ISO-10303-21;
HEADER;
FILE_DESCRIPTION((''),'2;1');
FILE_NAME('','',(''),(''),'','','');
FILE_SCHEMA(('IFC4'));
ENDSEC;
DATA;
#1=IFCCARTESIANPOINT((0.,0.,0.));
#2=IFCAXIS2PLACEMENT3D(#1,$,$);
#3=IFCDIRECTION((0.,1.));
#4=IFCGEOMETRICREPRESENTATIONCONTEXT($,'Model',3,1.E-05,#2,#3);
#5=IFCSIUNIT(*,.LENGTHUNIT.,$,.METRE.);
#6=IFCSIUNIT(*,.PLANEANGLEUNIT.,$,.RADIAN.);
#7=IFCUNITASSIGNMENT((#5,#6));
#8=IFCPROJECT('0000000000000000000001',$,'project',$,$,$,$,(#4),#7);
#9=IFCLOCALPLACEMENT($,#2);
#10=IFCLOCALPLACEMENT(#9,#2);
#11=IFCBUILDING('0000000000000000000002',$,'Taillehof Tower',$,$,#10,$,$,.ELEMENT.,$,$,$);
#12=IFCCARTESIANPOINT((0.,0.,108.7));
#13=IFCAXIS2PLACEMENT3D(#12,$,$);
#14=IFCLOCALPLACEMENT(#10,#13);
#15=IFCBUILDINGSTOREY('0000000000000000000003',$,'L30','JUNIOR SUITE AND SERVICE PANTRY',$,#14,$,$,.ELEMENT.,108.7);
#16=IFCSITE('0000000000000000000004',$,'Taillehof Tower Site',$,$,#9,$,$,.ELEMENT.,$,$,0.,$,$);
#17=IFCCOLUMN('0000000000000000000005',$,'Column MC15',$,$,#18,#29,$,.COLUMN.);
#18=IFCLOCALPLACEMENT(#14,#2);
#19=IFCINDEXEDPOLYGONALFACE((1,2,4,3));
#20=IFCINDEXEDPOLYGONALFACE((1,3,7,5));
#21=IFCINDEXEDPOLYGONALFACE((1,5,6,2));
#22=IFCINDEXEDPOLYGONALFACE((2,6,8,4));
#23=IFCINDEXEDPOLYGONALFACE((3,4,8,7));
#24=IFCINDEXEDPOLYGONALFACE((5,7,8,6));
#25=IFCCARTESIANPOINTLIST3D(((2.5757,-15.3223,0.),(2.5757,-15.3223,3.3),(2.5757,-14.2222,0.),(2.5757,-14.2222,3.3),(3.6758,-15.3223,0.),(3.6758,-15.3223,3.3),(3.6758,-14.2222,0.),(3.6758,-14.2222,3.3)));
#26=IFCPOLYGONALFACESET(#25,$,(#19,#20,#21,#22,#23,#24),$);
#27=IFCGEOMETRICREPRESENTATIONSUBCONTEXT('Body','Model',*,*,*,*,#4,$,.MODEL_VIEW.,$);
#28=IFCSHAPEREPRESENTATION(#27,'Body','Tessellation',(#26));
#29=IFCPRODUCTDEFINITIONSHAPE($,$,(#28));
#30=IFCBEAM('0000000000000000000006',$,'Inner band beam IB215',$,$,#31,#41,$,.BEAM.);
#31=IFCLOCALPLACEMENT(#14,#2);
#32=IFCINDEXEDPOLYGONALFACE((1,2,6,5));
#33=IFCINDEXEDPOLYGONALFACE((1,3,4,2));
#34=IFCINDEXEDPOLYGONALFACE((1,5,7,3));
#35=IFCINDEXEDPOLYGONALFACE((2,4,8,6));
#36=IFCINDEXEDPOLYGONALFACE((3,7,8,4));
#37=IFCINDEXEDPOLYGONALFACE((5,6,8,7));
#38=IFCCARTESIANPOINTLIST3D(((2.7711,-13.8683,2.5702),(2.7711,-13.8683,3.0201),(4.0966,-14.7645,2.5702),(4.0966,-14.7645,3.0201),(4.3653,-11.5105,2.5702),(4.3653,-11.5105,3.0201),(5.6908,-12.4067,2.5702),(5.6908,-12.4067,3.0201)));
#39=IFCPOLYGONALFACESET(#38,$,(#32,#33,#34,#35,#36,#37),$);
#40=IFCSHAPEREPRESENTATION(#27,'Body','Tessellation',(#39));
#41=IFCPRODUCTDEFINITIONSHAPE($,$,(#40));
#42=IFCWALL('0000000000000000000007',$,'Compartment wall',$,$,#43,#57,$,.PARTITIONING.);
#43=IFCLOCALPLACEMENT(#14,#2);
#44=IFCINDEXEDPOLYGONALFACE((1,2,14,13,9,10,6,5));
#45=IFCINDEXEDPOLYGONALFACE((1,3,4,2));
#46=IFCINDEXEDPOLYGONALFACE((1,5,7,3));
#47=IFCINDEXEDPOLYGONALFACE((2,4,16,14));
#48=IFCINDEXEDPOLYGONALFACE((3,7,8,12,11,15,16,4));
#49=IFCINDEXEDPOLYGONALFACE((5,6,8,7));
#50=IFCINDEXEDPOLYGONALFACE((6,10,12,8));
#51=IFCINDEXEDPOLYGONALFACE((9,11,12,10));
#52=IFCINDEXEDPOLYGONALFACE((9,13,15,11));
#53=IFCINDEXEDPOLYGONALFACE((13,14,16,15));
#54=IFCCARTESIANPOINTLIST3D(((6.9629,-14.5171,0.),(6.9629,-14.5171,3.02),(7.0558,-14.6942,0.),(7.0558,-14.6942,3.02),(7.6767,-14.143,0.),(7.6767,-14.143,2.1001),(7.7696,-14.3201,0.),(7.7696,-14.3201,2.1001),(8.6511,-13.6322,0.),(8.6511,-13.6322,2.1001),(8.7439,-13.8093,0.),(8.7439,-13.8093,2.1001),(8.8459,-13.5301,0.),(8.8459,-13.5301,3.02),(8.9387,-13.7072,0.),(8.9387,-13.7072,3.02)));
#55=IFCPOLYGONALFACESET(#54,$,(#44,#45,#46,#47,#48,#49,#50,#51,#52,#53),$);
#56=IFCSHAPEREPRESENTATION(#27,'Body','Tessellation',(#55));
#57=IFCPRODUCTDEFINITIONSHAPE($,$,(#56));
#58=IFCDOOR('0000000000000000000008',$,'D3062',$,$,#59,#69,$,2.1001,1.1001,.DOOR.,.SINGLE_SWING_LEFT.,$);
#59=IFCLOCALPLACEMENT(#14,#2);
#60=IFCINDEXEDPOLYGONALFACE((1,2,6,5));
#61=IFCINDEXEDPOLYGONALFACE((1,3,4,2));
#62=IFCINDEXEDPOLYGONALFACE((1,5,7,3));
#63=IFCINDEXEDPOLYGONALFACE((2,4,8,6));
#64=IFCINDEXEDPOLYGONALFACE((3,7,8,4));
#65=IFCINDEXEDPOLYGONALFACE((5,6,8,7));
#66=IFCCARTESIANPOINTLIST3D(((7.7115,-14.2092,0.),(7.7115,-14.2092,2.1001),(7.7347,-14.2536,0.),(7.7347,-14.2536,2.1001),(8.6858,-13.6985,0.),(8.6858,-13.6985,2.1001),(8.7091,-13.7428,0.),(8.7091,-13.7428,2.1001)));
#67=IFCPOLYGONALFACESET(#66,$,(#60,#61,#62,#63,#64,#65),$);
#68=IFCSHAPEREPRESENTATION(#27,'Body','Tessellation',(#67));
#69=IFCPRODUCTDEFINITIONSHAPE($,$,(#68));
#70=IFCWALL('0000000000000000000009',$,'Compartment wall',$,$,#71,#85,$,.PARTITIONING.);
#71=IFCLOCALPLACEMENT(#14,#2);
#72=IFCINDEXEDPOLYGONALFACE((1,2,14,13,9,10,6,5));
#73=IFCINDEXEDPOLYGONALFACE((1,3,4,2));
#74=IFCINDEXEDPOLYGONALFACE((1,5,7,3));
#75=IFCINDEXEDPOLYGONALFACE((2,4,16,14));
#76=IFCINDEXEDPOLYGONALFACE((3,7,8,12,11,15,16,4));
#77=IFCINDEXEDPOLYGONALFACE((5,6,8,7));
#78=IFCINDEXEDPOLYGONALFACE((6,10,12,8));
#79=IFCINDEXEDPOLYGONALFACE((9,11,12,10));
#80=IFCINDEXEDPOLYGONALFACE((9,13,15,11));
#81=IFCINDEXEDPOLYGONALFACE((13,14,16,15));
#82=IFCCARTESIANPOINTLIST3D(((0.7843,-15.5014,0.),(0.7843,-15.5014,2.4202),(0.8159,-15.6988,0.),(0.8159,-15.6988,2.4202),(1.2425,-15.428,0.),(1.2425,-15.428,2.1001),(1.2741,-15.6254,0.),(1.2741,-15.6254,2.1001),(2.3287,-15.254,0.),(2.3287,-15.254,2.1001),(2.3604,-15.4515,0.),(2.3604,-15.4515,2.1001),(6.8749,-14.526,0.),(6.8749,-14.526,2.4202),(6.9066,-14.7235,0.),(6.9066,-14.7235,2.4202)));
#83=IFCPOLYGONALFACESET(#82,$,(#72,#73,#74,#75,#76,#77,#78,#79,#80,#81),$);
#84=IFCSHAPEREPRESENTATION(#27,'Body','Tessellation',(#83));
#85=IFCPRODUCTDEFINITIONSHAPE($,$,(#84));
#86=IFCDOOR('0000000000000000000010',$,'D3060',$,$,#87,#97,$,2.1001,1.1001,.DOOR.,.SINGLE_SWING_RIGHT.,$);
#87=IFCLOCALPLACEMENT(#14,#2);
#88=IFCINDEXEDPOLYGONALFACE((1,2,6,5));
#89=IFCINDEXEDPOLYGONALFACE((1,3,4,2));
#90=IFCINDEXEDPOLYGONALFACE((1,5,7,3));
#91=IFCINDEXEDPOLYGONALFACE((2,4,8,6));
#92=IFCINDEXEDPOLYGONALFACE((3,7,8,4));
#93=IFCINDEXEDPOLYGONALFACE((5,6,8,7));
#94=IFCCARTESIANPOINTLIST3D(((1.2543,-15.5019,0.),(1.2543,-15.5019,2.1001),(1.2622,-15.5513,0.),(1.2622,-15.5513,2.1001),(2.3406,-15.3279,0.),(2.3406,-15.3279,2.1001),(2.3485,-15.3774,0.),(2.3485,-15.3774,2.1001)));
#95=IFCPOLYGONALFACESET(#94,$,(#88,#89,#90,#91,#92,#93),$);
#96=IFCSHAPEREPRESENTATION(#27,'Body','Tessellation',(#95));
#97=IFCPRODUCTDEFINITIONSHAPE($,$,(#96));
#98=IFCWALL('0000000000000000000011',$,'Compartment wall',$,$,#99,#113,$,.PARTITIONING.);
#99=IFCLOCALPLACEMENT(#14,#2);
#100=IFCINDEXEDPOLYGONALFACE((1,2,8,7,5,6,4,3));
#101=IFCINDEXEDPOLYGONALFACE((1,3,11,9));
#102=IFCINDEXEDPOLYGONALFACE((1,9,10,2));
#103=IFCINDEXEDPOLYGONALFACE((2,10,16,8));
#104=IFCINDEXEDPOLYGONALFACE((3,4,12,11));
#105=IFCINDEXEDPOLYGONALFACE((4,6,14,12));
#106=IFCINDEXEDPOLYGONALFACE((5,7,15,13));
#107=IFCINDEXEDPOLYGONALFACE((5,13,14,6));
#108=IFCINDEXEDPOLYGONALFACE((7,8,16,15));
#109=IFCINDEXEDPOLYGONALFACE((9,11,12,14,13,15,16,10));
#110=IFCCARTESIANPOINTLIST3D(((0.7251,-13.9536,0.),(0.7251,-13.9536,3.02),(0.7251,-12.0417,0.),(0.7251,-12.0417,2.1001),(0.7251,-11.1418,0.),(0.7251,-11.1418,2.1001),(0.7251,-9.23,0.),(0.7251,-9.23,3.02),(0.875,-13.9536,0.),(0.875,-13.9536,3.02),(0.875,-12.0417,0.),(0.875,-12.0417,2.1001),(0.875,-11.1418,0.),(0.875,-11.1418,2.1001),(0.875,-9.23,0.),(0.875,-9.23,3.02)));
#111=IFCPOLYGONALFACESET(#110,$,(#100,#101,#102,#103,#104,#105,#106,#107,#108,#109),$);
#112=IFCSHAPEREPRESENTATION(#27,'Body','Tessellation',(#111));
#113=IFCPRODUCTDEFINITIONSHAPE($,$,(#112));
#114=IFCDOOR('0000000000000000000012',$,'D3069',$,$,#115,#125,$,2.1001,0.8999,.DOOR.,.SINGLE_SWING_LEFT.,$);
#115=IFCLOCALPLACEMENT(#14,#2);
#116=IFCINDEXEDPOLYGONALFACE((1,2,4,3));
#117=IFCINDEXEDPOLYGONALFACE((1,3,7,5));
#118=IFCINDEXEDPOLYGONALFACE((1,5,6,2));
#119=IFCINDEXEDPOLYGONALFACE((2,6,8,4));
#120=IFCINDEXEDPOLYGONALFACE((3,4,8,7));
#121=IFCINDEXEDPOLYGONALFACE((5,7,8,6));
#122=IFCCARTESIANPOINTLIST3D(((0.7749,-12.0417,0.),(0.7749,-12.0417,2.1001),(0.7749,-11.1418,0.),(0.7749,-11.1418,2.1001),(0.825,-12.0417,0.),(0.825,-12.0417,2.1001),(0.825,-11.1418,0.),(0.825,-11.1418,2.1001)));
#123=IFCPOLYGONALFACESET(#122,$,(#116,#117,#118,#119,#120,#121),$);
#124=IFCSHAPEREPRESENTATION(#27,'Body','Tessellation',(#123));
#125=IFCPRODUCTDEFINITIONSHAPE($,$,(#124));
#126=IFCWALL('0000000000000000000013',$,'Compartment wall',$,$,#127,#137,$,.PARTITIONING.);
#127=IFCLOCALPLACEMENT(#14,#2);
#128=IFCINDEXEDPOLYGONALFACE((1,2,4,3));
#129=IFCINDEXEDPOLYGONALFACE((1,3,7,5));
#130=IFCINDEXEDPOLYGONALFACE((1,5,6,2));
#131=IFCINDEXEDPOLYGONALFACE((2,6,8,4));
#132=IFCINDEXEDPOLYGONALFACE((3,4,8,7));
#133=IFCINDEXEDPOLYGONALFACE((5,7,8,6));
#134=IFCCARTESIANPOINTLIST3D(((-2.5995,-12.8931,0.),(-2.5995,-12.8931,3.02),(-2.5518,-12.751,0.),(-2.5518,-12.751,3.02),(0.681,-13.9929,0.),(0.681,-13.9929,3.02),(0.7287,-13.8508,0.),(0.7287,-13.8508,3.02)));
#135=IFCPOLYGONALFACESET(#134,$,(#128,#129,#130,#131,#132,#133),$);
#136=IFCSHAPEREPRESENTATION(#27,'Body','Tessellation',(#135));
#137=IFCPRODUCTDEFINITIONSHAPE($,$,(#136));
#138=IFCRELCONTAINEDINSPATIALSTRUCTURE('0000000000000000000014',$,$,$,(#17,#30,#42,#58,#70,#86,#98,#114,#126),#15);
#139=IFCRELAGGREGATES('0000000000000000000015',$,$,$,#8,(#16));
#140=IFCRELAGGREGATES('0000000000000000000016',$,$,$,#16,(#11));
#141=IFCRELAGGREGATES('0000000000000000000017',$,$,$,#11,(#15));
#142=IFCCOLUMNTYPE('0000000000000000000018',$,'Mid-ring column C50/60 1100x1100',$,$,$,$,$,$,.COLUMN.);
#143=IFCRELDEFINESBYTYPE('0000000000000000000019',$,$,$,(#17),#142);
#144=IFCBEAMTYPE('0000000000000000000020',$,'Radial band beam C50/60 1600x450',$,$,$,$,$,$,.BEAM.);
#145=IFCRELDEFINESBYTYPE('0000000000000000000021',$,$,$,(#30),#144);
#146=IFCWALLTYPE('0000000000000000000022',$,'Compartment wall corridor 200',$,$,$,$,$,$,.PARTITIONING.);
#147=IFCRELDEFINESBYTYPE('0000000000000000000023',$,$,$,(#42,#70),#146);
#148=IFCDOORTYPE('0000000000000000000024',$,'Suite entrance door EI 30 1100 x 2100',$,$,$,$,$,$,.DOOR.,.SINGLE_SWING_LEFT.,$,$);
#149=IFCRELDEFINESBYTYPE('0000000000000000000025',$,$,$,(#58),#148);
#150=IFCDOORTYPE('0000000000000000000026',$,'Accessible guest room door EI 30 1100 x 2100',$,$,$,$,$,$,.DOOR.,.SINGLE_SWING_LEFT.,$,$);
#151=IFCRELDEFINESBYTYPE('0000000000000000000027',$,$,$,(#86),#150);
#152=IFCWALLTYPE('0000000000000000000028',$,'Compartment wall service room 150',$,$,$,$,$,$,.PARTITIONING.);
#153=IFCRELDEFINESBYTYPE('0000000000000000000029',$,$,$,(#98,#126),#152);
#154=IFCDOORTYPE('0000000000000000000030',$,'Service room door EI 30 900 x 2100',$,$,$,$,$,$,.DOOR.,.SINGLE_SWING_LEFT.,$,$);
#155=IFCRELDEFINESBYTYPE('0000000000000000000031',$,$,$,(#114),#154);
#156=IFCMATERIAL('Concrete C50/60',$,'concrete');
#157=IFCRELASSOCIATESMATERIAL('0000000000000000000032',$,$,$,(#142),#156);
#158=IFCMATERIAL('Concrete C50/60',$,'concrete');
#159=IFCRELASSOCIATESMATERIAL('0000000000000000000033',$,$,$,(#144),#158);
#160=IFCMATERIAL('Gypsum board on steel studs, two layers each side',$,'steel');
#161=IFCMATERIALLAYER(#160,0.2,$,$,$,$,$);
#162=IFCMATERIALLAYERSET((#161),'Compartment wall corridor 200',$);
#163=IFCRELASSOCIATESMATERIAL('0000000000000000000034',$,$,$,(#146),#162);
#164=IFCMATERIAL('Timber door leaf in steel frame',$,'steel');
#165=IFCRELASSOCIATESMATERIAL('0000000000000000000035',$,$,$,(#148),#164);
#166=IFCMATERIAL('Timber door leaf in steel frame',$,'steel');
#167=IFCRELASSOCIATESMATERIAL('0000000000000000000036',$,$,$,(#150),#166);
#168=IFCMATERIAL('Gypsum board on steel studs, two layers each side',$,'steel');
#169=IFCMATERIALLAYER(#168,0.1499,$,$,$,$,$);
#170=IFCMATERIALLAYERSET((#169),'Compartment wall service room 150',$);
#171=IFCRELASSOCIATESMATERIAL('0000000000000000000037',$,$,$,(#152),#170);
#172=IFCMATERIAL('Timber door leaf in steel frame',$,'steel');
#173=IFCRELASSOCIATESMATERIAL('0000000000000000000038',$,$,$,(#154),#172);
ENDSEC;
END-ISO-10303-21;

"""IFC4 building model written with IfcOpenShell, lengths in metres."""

from ifc_helpers import new_model, si_unit, direction, frame, frame_2d, origin, origin_2d, place, context, subcontext, project, spatial, rectangle, extrude, material, layer, layer_set, material_profile, profile_set, type_object, element, fill, save


model = new_model("IFC4")

# Units and contexts
model_context = context("Model", 3, precision=1e-05, world=origin(), true_north=direction((0.0, 1.0)))
body_context = subcontext(model_context, "Body", "Model", "MODEL_VIEW")
ifc_project = project(units=[si_unit("LENGTHUNIT", "METRE"), si_unit("PLANEANGLEUNIT", "RADIAN")], contexts=[model_context])

# Site, building, storey
site_placement = place(None, origin())
site = spatial("IfcSite", under=ifc_project, at=site_placement, Name="Taillehof Tower Site", CompositionType="ELEMENT", RefElevation=0.0)
building_placement = place(site_placement, origin())
building = spatial("IfcBuilding", under=site, at=building_placement, Name="Taillehof Tower", CompositionType="ELEMENT")
storey_placement = place(building_placement, frame((0.0, 0.0, 108.7)))
storey = spatial("IfcBuildingStorey", under=building, at=storey_placement, Name="L30", Description="JUNIOR SUITE AND SERVICE PANTRY", CompositionType="ELEMENT", Elevation=108.7)

# Column
ifc_material_1 = material(Name="Concrete C50/60", Category="concrete")
ifc_material_profile_1 = material_profile(ifc_material_1, rectangle(XDim=1.1001, YDim=1.1001, at=origin_2d()), Name="RC 1100x1100")
ifc_profile_set_1 = profile_set([ifc_material_profile_1], Name="Concrete C50/60")
column_type = type_object("IfcColumnType", Name="Mid-ring column C50/60 1100x1100", PredefinedType="COLUMN", material=ifc_profile_set_1)
column_placement = place(storey_placement, frame((3.1257, -14.7722, 0.0), z_axis=(0.0, 0.0, 1.0), x_axis=(1.0, 0.0, 0.0)))
element("IfcColumn", 1, at=column_placement, inside=storey, type_object=column_type, Name="Column MC15", PredefinedType="COLUMN", context=body_context, shape_type="SweptSolid", body=[
    extrude(rectangle(XDim=1.1001, YDim=1.1001, at=origin_2d()), origin(), (0.0, 0.0, 1.0), 3.3),
])

# Beam
ifc_material_2 = material(Name="Concrete C50/60", Category="concrete")
ifc_material_profile_2 = material_profile(ifc_material_2, rectangle(XDim=1.6001, YDim=0.45, at=origin_2d()), Name="RC 1600x450")
ifc_profile_set_2 = profile_set([ifc_material_profile_2], Name="Concrete C50/60")
beam_type = type_object("IfcBeamType", Name="Radial band beam C50/60 1600x450", PredefinedType="BEAM", material=ifc_profile_set_2)
beam_placement = place(storey_placement, frame((3.4338, -14.3164, 2.7952), z_axis=(0.560112, 0.828417, 0.0), x_axis=(-0.828417, 0.560112, 0.0)))
element("IfcBeam", 2, at=beam_placement, inside=storey, type_object=beam_type, Name="Inner band beam IB215", PredefinedType="BEAM", context=body_context, shape_type="SweptSolid", body=[
    extrude(rectangle(XDim=1.6001, YDim=0.45, at=origin_2d()), origin(), (0.0, 0.0, 1.0), 2.8462),
])

# Walls, openings, doors
ifc_material_3 = material(Name="Gypsum board on steel studs, two layers each side", Category="steel")
ifc_layer_1 = layer(ifc_material_3, 0.2)
ifc_layer_set_1 = layer_set([ifc_layer_1], Name="Compartment wall corridor 200")
wall_type_1 = type_object("IfcWallType", Name="Compartment wall corridor 200", PredefinedType="PARTITIONING", material=ifc_layer_set_1)
wall_1_placement = place(storey_placement, frame((8.8923, -13.6187, 0.0), z_axis=(0.0, 0.0, 1.0), x_axis=(-0.885697, -0.464264, 0.0)))
wall_1 = element("IfcWall", 3, at=wall_1_placement, inside=storey, type_object=wall_type_1, Name="Compartment wall", PredefinedType="PARTITIONING", context=body_context, shape_type="SweptSolid", body=[
    extrude(rectangle(XDim=2.126, YDim=0.2, at=frame_2d((1.063, 0.0))), origin(), (0.0, 0.0, 1.0), 3.02),
])
opening_1_placement = place(wall_1_placement, frame((0.22, 0.0, 0.0)))
opening_1 = element("IfcOpeningElement", 4, at=opening_1_placement, cuts=wall_1, PredefinedType="OPENING", context=body_context, shape_type="SweptSolid", body=[
    extrude(rectangle(XDim=1.1001, YDim=2.1001, at=frame_2d((0.55, 1.05))), frame((0.0, 0.1099, 0.0), z_axis=(0.0, -1.0, 0.0), x_axis=(1.0, 0.0, 0.0)), (0.0, 0.0, 1.0), 0.22),
])
ifc_material_4 = material(Name="Timber door leaf in steel frame", Category="steel")
door_type_1 = type_object("IfcDoorType", Name="Suite entrance door EI 30 1100 x 2100", OperationType="SINGLE_SWING_LEFT", PredefinedType="DOOR", material=ifc_material_4)
door_1_placement = place(opening_1_placement, origin())
door_1 = element("IfcDoor", 5, at=door_1_placement, inside=storey, type_object=door_type_1, Name="D3062", OperationType="SINGLE_SWING_LEFT", OverallHeight=2.1001, OverallWidth=1.1001, PredefinedType="DOOR", context=body_context, shape_type="SweptSolid", body=[
    extrude(rectangle(XDim=1.1001, YDim=2.1001, at=frame_2d((0.55, 1.05))), frame((0.0, 0.0249, 0.0), z_axis=(0.0, -1.0, 0.0), x_axis=(1.0, 0.0, 0.0)), (0.0, 0.0, 1.0), 0.05),
])
fill(opening_1, door_1)
wall_2_placement = place(storey_placement, frame((6.8906, -14.6248, 0.0), z_axis=(0.0, 0.0, 1.0), x_axis=(-0.987419, -0.158125, 0.0)))
wall_2 = element("IfcWall", 6, at=wall_2_placement, inside=storey, type_object=wall_type_1, Name="Compartment wall", PredefinedType="PARTITIONING", context=body_context, shape_type="SweptSolid", body=[
    extrude(rectangle(XDim=6.1682, YDim=0.2, at=frame_2d((3.084, 0.0))), origin(), (0.0, 0.0, 1.0), 2.4202),
])
opening_2_placement = place(wall_2_placement, frame((4.604, 0.0, 0.0)))
opening_2 = element("IfcOpeningElement", 7, at=opening_2_placement, cuts=wall_2, PredefinedType="OPENING", context=body_context, shape_type="SweptSolid", body=[
    extrude(rectangle(XDim=1.1001, YDim=2.1001, at=frame_2d((0.55, 1.05))), frame((0.0, 0.1099, 0.0), z_axis=(0.0, -1.0, 0.0), x_axis=(1.0, 0.0, 0.0)), (0.0, 0.0, 1.0), 0.22),
])
ifc_material_5 = material(Name="Timber door leaf in steel frame", Category="steel")
door_type_2 = type_object("IfcDoorType", Name="Accessible guest room door EI 30 1100 x 2100", OperationType="SINGLE_SWING_LEFT", PredefinedType="DOOR", material=ifc_material_5)
door_2_placement = place(opening_2_placement, origin())
door_2 = element("IfcDoor", 8, at=door_2_placement, inside=storey, type_object=door_type_2, Name="D3060", OperationType="SINGLE_SWING_RIGHT", OverallHeight=2.1001, OverallWidth=1.1001, PredefinedType="DOOR", context=body_context, shape_type="SweptSolid", body=[
    extrude(rectangle(XDim=1.1001, YDim=2.1001, at=frame_2d((0.55, 1.05))), frame((0.0, 0.0249, 0.0), z_axis=(0.0, -1.0, 0.0), x_axis=(1.0, 0.0, 0.0)), (0.0, 0.0, 1.0), 0.05),
])
fill(opening_2, door_2)
ifc_material_6 = material(Name="Gypsum board on steel studs, two layers each side", Category="steel")
ifc_layer_2 = layer(ifc_material_6, 0.1499)
ifc_layer_set_2 = layer_set([ifc_layer_2], Name="Compartment wall service room 150")
wall_type_2 = type_object("IfcWallType", Name="Compartment wall service room 150", PredefinedType="PARTITIONING", material=ifc_layer_set_2)
wall_3_placement = place(storey_placement, frame((0.8, -9.23, 0.0), z_axis=(0.0, 0.0, 1.0), x_axis=(0.0, -1.0, 0.0)))
wall_3 = element("IfcWall", 9, at=wall_3_placement, inside=storey, type_object=wall_type_2, Name="Compartment wall", PredefinedType="PARTITIONING", context=body_context, shape_type="SweptSolid", body=[
    extrude(rectangle(XDim=4.7236, YDim=0.1499, at=frame_2d((2.3618, 0.0))), origin(), (0.0, 0.0, 1.0), 3.02),
])
opening_3_placement = place(wall_3_placement, frame((1.9119, 0.0, 0.0)))
opening_3 = element("IfcOpeningElement", 10, at=opening_3_placement, cuts=wall_3, PredefinedType="OPENING", context=body_context, shape_type="SweptSolid", body=[
    extrude(rectangle(XDim=0.8999, YDim=2.1001, at=frame_2d((0.45, 1.05))), frame((0.0, 0.085, 0.0), z_axis=(0.0, -1.0, 0.0), x_axis=(1.0, 0.0, 0.0)), (0.0, 0.0, 1.0), 0.1699),
])
ifc_material_7 = material(Name="Timber door leaf in steel frame", Category="steel")
door_type_3 = type_object("IfcDoorType", Name="Service room door EI 30 900 x 2100", OperationType="SINGLE_SWING_LEFT", PredefinedType="DOOR", material=ifc_material_7)
door_3_placement = place(opening_3_placement, origin())
door_3 = element("IfcDoor", 11, at=door_3_placement, inside=storey, type_object=door_type_3, Name="D3069", OperationType="SINGLE_SWING_LEFT", OverallHeight=2.1001, OverallWidth=0.8999, PredefinedType="DOOR", context=body_context, shape_type="SweptSolid", body=[
    extrude(rectangle(XDim=0.8999, YDim=2.1001, at=frame_2d((0.45, 1.05))), frame((0.0, 0.0249, 0.0), z_axis=(0.0, -1.0, 0.0), x_axis=(1.0, 0.0, 0.0)), (0.0, 0.0, 1.0), 0.05),
])
fill(opening_3, door_3)

# Wall
wall_4_placement = place(storey_placement, frame((0.7048, -13.9219, 0.0), z_axis=(0.0, 0.0, 1.0), x_axis=(-0.948131, 0.317878, 0.0)))
element("IfcWall", 12, at=wall_4_placement, inside=storey, type_object=wall_type_2, Name="Compartment wall", PredefinedType="PARTITIONING", context=body_context, shape_type="SweptSolid", body=[
    extrude(rectangle(XDim=3.46, YDim=0.1499, at=frame_2d((1.73, 0.0))), origin(), (0.0, 0.0, 1.0), 3.02),
])

save(model, "model.ifc")
